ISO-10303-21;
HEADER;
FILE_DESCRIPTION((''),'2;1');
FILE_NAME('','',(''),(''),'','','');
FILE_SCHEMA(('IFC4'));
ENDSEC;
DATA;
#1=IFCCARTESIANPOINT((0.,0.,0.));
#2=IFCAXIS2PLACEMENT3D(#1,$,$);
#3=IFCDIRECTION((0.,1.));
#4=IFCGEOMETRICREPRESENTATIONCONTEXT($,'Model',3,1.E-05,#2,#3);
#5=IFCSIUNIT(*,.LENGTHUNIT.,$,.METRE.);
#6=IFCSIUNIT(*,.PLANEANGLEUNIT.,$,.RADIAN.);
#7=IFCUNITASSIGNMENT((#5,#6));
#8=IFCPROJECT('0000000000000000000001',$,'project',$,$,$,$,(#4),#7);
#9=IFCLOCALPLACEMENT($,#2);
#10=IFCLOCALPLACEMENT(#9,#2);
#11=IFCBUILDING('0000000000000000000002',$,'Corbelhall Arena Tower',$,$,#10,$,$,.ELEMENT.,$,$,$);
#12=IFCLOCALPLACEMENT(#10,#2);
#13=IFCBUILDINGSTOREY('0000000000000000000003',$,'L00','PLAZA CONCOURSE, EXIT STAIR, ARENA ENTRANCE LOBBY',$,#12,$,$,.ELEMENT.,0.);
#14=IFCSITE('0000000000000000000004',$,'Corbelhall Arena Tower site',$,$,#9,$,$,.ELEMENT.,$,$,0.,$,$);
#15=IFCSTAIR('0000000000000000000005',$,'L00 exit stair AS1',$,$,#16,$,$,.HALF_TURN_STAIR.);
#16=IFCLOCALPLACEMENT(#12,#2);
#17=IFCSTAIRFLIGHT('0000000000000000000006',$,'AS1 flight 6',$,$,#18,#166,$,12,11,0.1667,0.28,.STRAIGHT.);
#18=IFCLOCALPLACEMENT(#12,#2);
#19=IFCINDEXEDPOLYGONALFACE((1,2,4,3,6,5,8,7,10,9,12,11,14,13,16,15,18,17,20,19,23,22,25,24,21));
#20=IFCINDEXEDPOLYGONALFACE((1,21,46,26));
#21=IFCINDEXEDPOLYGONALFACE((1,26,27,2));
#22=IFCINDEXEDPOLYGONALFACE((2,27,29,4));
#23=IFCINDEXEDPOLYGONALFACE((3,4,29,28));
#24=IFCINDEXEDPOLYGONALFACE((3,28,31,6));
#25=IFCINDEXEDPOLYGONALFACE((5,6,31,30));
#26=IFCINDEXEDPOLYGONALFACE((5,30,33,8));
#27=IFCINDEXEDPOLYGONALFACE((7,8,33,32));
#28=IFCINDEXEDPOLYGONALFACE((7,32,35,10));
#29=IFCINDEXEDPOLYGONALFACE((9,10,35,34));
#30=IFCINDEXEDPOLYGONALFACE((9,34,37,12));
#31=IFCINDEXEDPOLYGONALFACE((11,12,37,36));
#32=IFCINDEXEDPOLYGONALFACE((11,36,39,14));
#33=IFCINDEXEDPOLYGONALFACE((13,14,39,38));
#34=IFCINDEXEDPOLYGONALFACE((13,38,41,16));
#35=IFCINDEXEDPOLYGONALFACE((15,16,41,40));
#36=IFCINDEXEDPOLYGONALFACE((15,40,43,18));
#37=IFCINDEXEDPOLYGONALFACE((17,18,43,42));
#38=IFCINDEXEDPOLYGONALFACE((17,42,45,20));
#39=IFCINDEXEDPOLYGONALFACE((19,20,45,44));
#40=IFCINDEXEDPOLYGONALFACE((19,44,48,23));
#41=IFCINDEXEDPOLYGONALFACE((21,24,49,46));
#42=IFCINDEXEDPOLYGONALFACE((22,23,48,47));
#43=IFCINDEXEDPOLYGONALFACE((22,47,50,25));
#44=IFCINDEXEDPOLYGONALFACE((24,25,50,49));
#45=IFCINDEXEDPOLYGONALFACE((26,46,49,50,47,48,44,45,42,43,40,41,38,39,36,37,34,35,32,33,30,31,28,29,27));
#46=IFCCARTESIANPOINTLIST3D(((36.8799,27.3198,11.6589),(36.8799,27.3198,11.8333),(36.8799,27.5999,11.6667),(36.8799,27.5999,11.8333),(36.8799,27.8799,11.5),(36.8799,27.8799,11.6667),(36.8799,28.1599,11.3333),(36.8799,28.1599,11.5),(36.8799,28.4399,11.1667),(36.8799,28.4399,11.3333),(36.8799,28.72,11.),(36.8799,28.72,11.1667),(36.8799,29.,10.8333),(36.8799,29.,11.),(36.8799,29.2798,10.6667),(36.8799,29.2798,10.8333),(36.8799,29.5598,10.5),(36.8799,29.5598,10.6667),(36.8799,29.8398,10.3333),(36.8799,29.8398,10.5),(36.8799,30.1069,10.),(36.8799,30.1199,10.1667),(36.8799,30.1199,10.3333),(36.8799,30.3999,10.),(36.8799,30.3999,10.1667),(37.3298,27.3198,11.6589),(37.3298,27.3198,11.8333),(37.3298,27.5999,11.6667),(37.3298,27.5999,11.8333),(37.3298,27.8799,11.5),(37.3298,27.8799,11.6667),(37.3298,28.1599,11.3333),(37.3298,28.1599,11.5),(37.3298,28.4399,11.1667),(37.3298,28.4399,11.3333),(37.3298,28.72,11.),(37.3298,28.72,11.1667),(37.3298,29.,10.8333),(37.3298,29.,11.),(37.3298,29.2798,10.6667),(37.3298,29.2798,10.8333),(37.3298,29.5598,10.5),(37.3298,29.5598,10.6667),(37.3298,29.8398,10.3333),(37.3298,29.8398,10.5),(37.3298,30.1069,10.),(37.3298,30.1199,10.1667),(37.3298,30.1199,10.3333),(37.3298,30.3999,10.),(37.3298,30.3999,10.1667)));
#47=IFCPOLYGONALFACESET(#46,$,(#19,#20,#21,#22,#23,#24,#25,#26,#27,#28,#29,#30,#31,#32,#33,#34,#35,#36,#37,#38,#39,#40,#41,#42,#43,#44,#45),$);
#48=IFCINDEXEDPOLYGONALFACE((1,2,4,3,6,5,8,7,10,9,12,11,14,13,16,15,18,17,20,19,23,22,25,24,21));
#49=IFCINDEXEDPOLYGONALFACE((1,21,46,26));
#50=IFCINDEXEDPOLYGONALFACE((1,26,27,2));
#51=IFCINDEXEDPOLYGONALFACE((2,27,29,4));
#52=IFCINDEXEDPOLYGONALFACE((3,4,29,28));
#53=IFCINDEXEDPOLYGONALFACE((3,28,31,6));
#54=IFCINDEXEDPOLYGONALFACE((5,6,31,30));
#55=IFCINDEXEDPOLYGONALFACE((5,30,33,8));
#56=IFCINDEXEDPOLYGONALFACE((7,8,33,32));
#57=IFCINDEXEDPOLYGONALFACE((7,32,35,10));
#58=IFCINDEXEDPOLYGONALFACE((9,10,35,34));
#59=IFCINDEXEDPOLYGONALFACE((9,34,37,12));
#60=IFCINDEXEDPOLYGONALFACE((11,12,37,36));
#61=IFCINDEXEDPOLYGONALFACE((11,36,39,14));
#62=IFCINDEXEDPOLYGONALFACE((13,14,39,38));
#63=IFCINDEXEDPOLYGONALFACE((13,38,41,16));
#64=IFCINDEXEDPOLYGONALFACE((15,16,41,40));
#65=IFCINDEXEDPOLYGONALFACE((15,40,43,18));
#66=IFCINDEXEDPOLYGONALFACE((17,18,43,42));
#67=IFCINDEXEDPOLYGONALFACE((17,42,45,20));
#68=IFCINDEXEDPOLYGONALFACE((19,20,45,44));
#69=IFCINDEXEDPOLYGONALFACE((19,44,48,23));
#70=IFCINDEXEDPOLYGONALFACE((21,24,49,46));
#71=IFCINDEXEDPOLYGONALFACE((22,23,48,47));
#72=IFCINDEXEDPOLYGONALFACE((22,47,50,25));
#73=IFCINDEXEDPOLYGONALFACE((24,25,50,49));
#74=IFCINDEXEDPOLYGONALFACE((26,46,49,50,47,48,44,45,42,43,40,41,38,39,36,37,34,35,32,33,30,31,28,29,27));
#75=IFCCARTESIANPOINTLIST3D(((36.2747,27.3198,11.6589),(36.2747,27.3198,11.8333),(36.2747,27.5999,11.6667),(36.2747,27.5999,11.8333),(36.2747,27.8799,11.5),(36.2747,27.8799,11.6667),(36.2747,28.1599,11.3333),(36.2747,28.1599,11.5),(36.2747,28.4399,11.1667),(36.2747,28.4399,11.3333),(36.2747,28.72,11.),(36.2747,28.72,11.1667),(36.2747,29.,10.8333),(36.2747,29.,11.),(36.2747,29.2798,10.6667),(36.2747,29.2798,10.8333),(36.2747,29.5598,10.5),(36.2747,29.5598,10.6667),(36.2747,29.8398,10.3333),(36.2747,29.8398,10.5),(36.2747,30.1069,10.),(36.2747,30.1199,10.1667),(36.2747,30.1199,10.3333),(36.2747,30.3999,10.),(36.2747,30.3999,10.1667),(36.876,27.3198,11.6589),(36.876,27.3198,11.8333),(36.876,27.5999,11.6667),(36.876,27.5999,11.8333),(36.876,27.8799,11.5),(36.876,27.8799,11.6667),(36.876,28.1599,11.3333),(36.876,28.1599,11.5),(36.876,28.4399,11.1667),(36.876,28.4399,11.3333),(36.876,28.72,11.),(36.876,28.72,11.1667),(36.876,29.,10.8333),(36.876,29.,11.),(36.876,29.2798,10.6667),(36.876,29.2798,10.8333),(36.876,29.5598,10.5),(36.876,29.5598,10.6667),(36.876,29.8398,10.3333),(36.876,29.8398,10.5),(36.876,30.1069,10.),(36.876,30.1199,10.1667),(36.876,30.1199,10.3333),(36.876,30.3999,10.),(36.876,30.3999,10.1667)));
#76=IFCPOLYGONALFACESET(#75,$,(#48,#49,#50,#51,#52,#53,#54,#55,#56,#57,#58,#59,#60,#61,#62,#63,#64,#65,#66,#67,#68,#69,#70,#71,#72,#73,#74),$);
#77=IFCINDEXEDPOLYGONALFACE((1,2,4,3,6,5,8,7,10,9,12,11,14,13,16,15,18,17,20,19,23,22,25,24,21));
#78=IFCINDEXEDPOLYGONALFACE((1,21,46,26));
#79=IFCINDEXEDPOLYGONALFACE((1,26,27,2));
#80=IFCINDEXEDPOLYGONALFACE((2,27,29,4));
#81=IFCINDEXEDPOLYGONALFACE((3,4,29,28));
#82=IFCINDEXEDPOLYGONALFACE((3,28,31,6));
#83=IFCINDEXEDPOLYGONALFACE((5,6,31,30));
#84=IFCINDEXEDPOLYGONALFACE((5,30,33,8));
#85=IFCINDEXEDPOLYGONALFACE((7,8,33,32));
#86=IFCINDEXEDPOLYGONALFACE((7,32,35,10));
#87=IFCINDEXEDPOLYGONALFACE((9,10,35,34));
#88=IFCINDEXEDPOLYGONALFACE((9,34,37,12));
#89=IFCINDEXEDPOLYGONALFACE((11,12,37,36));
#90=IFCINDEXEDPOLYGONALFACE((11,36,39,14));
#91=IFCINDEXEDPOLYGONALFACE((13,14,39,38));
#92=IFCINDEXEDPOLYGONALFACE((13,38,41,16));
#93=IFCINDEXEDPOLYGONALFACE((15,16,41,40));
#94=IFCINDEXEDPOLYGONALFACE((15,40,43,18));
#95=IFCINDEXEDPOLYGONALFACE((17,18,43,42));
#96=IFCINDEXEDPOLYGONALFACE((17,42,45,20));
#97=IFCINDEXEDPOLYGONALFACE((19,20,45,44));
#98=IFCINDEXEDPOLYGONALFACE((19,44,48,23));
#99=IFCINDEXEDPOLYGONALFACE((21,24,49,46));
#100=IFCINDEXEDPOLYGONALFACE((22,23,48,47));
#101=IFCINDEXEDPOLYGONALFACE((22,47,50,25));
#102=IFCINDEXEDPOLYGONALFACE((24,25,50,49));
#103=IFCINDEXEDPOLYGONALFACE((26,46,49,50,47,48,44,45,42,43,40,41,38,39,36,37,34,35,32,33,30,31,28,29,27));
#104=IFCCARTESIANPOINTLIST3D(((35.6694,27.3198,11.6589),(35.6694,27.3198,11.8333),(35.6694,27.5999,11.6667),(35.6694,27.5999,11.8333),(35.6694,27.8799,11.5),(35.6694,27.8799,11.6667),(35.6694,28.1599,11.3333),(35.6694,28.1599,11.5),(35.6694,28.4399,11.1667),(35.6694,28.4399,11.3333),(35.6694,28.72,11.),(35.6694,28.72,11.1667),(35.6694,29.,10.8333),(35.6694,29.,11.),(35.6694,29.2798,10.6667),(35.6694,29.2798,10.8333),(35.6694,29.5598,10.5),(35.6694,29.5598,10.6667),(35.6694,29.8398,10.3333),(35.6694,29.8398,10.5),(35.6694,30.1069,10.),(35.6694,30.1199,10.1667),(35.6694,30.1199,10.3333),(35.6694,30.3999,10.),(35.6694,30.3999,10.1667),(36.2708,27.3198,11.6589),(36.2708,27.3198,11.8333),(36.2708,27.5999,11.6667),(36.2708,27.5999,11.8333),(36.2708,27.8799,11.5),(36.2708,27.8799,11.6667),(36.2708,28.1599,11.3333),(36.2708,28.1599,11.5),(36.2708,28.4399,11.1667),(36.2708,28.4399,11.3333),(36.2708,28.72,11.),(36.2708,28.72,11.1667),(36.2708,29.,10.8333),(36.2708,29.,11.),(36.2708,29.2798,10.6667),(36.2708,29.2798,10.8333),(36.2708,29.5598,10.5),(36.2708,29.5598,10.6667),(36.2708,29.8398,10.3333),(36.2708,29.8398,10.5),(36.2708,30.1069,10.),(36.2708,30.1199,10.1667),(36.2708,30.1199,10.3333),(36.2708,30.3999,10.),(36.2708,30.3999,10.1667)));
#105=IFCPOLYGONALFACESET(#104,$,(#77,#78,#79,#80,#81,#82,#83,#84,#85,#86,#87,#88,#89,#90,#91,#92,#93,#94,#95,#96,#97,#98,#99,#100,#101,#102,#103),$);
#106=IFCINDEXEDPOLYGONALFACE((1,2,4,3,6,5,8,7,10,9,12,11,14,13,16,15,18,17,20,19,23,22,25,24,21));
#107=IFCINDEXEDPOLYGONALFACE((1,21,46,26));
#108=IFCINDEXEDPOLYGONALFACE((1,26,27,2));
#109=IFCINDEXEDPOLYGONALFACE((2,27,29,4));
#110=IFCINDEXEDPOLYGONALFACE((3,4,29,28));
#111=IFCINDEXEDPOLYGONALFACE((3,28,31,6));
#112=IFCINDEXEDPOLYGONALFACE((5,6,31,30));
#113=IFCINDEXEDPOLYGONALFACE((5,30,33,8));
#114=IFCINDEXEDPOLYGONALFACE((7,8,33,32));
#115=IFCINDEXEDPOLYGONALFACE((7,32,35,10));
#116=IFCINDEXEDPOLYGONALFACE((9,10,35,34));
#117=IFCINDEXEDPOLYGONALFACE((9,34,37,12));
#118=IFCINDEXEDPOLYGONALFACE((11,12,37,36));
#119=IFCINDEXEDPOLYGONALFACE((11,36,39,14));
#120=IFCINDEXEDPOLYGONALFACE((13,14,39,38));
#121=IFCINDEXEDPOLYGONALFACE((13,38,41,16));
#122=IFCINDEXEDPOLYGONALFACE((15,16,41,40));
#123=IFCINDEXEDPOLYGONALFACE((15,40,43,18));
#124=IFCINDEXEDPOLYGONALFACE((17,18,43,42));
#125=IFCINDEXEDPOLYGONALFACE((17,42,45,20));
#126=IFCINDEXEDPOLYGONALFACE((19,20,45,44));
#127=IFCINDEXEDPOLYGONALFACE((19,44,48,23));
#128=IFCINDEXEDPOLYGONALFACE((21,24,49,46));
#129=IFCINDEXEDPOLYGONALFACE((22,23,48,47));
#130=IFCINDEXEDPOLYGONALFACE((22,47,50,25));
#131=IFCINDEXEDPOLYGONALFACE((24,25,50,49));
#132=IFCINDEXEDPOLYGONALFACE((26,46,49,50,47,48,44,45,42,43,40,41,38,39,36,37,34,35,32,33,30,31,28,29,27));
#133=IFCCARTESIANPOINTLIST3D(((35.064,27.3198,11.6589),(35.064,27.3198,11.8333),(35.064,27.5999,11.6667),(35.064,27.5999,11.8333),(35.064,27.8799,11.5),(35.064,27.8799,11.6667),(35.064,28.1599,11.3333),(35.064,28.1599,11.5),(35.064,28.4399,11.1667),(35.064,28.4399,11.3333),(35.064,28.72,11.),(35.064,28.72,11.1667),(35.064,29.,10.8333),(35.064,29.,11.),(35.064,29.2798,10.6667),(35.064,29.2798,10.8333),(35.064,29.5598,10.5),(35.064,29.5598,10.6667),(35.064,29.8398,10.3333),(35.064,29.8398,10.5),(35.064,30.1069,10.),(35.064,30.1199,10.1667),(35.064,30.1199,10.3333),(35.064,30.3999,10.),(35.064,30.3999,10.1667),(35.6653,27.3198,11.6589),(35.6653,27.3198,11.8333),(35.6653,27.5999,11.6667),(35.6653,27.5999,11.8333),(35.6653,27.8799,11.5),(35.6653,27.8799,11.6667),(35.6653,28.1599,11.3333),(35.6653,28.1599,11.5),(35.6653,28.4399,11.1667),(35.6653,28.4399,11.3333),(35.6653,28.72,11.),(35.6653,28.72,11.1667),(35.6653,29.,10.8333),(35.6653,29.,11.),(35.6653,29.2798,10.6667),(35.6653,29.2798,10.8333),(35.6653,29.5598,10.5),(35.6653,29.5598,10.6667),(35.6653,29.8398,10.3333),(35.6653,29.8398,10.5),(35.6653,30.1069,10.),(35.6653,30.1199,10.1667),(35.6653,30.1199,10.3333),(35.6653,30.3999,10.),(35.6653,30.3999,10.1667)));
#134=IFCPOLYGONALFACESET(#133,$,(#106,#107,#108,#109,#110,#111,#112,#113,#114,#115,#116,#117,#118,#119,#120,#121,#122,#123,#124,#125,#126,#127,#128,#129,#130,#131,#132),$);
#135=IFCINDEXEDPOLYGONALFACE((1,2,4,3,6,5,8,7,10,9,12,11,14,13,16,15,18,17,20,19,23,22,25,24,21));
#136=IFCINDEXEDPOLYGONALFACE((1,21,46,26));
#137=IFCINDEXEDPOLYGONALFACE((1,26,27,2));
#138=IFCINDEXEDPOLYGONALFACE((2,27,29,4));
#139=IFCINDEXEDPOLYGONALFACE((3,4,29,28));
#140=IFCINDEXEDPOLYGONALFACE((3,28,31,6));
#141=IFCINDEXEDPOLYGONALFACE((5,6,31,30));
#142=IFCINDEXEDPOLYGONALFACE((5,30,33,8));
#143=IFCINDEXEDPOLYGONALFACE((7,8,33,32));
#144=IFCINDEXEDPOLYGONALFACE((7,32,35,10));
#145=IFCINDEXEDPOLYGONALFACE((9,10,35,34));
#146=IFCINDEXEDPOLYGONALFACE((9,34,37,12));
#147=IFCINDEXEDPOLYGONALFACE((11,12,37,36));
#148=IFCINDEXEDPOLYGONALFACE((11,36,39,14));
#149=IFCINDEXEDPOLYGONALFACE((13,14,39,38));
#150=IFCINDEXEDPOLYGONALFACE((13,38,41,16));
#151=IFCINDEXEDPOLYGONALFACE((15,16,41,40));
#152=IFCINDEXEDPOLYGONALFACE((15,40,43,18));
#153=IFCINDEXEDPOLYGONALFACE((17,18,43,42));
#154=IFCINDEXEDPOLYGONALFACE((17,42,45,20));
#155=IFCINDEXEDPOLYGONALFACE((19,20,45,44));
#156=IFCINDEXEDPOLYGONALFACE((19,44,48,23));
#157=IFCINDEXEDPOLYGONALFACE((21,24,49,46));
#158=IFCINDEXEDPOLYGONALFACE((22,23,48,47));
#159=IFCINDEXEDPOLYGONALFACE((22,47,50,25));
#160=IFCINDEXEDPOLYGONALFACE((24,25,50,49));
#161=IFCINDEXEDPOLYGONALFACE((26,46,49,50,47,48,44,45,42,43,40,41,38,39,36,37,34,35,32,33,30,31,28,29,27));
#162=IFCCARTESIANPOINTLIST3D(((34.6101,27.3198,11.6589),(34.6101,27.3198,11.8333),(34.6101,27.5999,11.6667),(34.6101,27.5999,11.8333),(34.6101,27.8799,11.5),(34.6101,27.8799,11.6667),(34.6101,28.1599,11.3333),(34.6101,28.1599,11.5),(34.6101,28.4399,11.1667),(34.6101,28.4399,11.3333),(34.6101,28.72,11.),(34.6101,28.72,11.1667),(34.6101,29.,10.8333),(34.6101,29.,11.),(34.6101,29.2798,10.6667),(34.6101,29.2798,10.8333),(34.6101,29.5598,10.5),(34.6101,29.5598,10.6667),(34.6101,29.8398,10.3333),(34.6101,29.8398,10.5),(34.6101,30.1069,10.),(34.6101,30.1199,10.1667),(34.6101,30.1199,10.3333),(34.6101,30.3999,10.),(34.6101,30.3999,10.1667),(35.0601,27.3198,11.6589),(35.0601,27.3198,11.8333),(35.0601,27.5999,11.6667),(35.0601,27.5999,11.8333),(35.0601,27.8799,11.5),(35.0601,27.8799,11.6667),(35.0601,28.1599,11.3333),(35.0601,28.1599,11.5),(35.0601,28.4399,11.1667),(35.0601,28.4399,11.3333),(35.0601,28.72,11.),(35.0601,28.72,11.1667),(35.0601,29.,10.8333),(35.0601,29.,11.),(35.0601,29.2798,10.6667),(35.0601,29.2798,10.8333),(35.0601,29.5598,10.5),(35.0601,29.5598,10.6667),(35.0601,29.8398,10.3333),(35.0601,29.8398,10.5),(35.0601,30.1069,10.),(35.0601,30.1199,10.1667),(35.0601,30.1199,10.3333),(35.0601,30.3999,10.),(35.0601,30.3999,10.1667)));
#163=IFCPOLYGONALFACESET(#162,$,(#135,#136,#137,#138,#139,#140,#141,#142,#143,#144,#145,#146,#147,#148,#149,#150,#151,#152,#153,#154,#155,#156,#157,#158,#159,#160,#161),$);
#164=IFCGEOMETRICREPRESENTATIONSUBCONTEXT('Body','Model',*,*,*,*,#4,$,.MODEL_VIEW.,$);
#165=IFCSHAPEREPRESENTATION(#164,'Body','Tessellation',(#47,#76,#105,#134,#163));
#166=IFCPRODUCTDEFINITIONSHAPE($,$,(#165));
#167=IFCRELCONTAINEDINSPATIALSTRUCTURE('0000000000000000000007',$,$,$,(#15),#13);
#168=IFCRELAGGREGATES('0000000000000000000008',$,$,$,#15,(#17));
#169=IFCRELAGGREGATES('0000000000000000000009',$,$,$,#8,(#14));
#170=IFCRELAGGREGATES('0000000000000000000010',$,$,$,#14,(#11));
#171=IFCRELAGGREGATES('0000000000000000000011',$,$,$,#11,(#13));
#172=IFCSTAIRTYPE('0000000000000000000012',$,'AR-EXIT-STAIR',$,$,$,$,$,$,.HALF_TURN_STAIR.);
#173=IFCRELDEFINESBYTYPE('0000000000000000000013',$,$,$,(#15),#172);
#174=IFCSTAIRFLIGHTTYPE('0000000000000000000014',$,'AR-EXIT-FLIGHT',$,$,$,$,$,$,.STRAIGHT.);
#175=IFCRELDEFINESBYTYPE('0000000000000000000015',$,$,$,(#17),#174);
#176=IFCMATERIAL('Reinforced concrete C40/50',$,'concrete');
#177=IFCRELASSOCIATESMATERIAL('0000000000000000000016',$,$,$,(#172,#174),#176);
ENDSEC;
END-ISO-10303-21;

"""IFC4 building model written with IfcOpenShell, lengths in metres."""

from ifc_helpers import new_model, si_unit, direction, frame, origin, place, context, subcontext, project, spatial, polyline, outline, extrude, material, type_object, element, aggregate, save


model = new_model("IFC4")

# Units and contexts
model_context = context("Model", 3, precision=1e-05, world=origin(), true_north=direction((0.0, 1.0)))
body_context = subcontext(model_context, "Body", "Model", "MODEL_VIEW")
ifc_project = project(units=[si_unit("LENGTHUNIT", "METRE"), si_unit("PLANEANGLEUNIT", "RADIAN")], contexts=[model_context])

# Site, building, storey
site_placement = place(None, origin())
site = spatial("IfcSite", under=ifc_project, at=site_placement, Name="Corbelhall Arena Tower site", CompositionType="ELEMENT", RefElevation=0.0)
building_placement = place(site_placement, origin())
building = spatial("IfcBuilding", under=site, at=building_placement, Name="Corbelhall Arena Tower", CompositionType="ELEMENT")
storey_placement = place(building_placement, origin())
storey = spatial("IfcBuildingStorey", under=building, at=storey_placement, Name="L00", Description="PLAZA CONCOURSE, EXIT STAIR, ARENA ENTRANCE LOBBY", CompositionType="ELEMENT", Elevation=0.0)

# Shared definitions
ifc_material_1 = material(Name="Reinforced concrete C40/50", Category="concrete")

# Stair, stair flight
stair_type = type_object("IfcStairType", Name="AR-EXIT-STAIR", PredefinedType="HALF_TURN_STAIR", material=ifc_material_1)
stair_1_placement = place(storey_placement, origin())
stair_1 = element("IfcStair", 1, at=stair_1_placement, inside=storey, type_object=stair_type, Name="L00 exit stair AS1", PredefinedType="HALF_TURN_STAIR")
stair_flight_type = type_object("IfcStairFlightType", Name="AR-EXIT-FLIGHT", PredefinedType="STRAIGHT", material=ifc_material_1)
stair_flight_1_placement = place(storey_placement, frame((35.97, 30.3999, 10.0), z_axis=(0.0, 0.0, 1.0), x_axis=(0.0, -1.0, 0.0)))
stair_flight_1 = element("IfcStairFlight", 2, at=stair_flight_1_placement, type_object=stair_flight_type, Name="AS1 flight 6", NumberOfRisers=12, NumberOfTreads=11, PredefinedType="STRAIGHT", RiserHeight=0.1667, TreadLength=0.28, context=body_context, shape_type="SweptSolid", body=[
    extrude(outline(polyline([(0.0, 0.0), (0.0, 0.1667), (0.28, 0.1667), (0.28, 0.3333), (0.5601, 0.3333), (0.5601, 0.5), (0.8401, 0.5), (0.8401, 0.6667), (1.1201, 0.6667), (1.1201, 0.8333), (1.3999, 0.8333), (1.3999, 1.0), (1.6799, 1.0), (1.6799, 1.1667), (1.96, 1.1667), (1.96, 1.3333), (2.24, 1.3333), (2.24, 1.5), (2.52, 1.5), (2.52, 1.6667), (2.8, 1.6667), (2.8, 1.8333), (3.0801, 1.8333), (3.0801, 2.0), (3.0801, 1.6589), (0.293, 0.0), (0.0, 0.0)])), frame((0.0, 1.3599, 0.0), z_axis=(0.0, -1.0, 0.0), x_axis=(1.0, 0.0, 0.0)), (0.0, 0.0, 1.0), 0.45),
    extrude(outline(polyline([(0.0, 0.0), (0.0, 0.1667), (0.28, 0.1667), (0.28, 0.3333), (0.5601, 0.3333), (0.5601, 0.5), (0.8401, 0.5), (0.8401, 0.6667), (1.1201, 0.6667), (1.1201, 0.8333), (1.3999, 0.8333), (1.3999, 1.0), (1.6799, 1.0), (1.6799, 1.1667), (1.96, 1.1667), (1.96, 1.3333), (2.24, 1.3333), (2.24, 1.5), (2.52, 1.5), (2.52, 1.6667), (2.8, 1.6667), (2.8, 1.8333), (3.0801, 1.8333), (3.0801, 2.0), (3.0801, 1.6589), (0.293, 0.0), (0.0, 0.0)])), frame((0.0, 0.906, 0.0), z_axis=(0.0, -1.0, 0.0), x_axis=(1.0, 0.0, 0.0)), (0.0, 0.0, 1.0), 0.6013),
    extrude(outline(polyline([(0.0, 0.0), (0.0, 0.1667), (0.28, 0.1667), (0.28, 0.3333), (0.5601, 0.3333), (0.5601, 0.5), (0.8401, 0.5), (0.8401, 0.6667), (1.1201, 0.6667), (1.1201, 0.8333), (1.3999, 0.8333), (1.3999, 1.0), (1.6799, 1.0), (1.6799, 1.1667), (1.96, 1.1667), (1.96, 1.3333), (2.24, 1.3333), (2.24, 1.5), (2.52, 1.5), (2.52, 1.6667), (2.8, 1.6667), (2.8, 1.8333), (3.0801, 1.8333), (3.0801, 2.0), (3.0801, 1.6589), (0.293, 0.0), (0.0, 0.0)])), frame((0.0, 0.3008, 0.0), z_axis=(0.0, -1.0, 0.0), x_axis=(1.0, 0.0, 0.0)), (0.0, 0.0, 1.0), 0.6013),
    extrude(outline(polyline([(0.0, 0.0), (0.0, 0.1667), (0.28, 0.1667), (0.28, 0.3333), (0.5601, 0.3333), (0.5601, 0.5), (0.8401, 0.5), (0.8401, 0.6667), (1.1201, 0.6667), (1.1201, 0.8333), (1.3999, 0.8333), (1.3999, 1.0), (1.6799, 1.0), (1.6799, 1.1667), (1.96, 1.1667), (1.96, 1.3333), (2.24, 1.3333), (2.24, 1.5), (2.52, 1.5), (2.52, 1.6667), (2.8, 1.6667), (2.8, 1.8333), (3.0801, 1.8333), (3.0801, 2.0), (3.0801, 1.6589), (0.293, 0.0), (0.0, 0.0)])), frame((0.0, -0.3047, 0.0), z_axis=(0.0, -1.0, 0.0), x_axis=(1.0, 0.0, 0.0)), (0.0, 0.0, 1.0), 0.6013),
    extrude(outline(polyline([(0.0, 0.0), (0.0, 0.1667), (0.28, 0.1667), (0.28, 0.3333), (0.5601, 0.3333), (0.5601, 0.5), (0.8401, 0.5), (0.8401, 0.6667), (1.1201, 0.6667), (1.1201, 0.8333), (1.3999, 0.8333), (1.3999, 1.0), (1.6799, 1.0), (1.6799, 1.1667), (1.96, 1.1667), (1.96, 1.3333), (2.24, 1.3333), (2.24, 1.5), (2.52, 1.5), (2.52, 1.6667), (2.8, 1.6667), (2.8, 1.8333), (3.0801, 1.8333), (3.0801, 2.0), (3.0801, 1.6589), (0.293, 0.0), (0.0, 0.0)])), frame((0.0, -0.9099, 0.0), z_axis=(0.0, -1.0, 0.0), x_axis=(1.0, 0.0, 0.0)), (0.0, 0.0, 1.0), 0.45),
])
aggregate(stair_1, [stair_flight_1])

save(model, "model.ifc")
